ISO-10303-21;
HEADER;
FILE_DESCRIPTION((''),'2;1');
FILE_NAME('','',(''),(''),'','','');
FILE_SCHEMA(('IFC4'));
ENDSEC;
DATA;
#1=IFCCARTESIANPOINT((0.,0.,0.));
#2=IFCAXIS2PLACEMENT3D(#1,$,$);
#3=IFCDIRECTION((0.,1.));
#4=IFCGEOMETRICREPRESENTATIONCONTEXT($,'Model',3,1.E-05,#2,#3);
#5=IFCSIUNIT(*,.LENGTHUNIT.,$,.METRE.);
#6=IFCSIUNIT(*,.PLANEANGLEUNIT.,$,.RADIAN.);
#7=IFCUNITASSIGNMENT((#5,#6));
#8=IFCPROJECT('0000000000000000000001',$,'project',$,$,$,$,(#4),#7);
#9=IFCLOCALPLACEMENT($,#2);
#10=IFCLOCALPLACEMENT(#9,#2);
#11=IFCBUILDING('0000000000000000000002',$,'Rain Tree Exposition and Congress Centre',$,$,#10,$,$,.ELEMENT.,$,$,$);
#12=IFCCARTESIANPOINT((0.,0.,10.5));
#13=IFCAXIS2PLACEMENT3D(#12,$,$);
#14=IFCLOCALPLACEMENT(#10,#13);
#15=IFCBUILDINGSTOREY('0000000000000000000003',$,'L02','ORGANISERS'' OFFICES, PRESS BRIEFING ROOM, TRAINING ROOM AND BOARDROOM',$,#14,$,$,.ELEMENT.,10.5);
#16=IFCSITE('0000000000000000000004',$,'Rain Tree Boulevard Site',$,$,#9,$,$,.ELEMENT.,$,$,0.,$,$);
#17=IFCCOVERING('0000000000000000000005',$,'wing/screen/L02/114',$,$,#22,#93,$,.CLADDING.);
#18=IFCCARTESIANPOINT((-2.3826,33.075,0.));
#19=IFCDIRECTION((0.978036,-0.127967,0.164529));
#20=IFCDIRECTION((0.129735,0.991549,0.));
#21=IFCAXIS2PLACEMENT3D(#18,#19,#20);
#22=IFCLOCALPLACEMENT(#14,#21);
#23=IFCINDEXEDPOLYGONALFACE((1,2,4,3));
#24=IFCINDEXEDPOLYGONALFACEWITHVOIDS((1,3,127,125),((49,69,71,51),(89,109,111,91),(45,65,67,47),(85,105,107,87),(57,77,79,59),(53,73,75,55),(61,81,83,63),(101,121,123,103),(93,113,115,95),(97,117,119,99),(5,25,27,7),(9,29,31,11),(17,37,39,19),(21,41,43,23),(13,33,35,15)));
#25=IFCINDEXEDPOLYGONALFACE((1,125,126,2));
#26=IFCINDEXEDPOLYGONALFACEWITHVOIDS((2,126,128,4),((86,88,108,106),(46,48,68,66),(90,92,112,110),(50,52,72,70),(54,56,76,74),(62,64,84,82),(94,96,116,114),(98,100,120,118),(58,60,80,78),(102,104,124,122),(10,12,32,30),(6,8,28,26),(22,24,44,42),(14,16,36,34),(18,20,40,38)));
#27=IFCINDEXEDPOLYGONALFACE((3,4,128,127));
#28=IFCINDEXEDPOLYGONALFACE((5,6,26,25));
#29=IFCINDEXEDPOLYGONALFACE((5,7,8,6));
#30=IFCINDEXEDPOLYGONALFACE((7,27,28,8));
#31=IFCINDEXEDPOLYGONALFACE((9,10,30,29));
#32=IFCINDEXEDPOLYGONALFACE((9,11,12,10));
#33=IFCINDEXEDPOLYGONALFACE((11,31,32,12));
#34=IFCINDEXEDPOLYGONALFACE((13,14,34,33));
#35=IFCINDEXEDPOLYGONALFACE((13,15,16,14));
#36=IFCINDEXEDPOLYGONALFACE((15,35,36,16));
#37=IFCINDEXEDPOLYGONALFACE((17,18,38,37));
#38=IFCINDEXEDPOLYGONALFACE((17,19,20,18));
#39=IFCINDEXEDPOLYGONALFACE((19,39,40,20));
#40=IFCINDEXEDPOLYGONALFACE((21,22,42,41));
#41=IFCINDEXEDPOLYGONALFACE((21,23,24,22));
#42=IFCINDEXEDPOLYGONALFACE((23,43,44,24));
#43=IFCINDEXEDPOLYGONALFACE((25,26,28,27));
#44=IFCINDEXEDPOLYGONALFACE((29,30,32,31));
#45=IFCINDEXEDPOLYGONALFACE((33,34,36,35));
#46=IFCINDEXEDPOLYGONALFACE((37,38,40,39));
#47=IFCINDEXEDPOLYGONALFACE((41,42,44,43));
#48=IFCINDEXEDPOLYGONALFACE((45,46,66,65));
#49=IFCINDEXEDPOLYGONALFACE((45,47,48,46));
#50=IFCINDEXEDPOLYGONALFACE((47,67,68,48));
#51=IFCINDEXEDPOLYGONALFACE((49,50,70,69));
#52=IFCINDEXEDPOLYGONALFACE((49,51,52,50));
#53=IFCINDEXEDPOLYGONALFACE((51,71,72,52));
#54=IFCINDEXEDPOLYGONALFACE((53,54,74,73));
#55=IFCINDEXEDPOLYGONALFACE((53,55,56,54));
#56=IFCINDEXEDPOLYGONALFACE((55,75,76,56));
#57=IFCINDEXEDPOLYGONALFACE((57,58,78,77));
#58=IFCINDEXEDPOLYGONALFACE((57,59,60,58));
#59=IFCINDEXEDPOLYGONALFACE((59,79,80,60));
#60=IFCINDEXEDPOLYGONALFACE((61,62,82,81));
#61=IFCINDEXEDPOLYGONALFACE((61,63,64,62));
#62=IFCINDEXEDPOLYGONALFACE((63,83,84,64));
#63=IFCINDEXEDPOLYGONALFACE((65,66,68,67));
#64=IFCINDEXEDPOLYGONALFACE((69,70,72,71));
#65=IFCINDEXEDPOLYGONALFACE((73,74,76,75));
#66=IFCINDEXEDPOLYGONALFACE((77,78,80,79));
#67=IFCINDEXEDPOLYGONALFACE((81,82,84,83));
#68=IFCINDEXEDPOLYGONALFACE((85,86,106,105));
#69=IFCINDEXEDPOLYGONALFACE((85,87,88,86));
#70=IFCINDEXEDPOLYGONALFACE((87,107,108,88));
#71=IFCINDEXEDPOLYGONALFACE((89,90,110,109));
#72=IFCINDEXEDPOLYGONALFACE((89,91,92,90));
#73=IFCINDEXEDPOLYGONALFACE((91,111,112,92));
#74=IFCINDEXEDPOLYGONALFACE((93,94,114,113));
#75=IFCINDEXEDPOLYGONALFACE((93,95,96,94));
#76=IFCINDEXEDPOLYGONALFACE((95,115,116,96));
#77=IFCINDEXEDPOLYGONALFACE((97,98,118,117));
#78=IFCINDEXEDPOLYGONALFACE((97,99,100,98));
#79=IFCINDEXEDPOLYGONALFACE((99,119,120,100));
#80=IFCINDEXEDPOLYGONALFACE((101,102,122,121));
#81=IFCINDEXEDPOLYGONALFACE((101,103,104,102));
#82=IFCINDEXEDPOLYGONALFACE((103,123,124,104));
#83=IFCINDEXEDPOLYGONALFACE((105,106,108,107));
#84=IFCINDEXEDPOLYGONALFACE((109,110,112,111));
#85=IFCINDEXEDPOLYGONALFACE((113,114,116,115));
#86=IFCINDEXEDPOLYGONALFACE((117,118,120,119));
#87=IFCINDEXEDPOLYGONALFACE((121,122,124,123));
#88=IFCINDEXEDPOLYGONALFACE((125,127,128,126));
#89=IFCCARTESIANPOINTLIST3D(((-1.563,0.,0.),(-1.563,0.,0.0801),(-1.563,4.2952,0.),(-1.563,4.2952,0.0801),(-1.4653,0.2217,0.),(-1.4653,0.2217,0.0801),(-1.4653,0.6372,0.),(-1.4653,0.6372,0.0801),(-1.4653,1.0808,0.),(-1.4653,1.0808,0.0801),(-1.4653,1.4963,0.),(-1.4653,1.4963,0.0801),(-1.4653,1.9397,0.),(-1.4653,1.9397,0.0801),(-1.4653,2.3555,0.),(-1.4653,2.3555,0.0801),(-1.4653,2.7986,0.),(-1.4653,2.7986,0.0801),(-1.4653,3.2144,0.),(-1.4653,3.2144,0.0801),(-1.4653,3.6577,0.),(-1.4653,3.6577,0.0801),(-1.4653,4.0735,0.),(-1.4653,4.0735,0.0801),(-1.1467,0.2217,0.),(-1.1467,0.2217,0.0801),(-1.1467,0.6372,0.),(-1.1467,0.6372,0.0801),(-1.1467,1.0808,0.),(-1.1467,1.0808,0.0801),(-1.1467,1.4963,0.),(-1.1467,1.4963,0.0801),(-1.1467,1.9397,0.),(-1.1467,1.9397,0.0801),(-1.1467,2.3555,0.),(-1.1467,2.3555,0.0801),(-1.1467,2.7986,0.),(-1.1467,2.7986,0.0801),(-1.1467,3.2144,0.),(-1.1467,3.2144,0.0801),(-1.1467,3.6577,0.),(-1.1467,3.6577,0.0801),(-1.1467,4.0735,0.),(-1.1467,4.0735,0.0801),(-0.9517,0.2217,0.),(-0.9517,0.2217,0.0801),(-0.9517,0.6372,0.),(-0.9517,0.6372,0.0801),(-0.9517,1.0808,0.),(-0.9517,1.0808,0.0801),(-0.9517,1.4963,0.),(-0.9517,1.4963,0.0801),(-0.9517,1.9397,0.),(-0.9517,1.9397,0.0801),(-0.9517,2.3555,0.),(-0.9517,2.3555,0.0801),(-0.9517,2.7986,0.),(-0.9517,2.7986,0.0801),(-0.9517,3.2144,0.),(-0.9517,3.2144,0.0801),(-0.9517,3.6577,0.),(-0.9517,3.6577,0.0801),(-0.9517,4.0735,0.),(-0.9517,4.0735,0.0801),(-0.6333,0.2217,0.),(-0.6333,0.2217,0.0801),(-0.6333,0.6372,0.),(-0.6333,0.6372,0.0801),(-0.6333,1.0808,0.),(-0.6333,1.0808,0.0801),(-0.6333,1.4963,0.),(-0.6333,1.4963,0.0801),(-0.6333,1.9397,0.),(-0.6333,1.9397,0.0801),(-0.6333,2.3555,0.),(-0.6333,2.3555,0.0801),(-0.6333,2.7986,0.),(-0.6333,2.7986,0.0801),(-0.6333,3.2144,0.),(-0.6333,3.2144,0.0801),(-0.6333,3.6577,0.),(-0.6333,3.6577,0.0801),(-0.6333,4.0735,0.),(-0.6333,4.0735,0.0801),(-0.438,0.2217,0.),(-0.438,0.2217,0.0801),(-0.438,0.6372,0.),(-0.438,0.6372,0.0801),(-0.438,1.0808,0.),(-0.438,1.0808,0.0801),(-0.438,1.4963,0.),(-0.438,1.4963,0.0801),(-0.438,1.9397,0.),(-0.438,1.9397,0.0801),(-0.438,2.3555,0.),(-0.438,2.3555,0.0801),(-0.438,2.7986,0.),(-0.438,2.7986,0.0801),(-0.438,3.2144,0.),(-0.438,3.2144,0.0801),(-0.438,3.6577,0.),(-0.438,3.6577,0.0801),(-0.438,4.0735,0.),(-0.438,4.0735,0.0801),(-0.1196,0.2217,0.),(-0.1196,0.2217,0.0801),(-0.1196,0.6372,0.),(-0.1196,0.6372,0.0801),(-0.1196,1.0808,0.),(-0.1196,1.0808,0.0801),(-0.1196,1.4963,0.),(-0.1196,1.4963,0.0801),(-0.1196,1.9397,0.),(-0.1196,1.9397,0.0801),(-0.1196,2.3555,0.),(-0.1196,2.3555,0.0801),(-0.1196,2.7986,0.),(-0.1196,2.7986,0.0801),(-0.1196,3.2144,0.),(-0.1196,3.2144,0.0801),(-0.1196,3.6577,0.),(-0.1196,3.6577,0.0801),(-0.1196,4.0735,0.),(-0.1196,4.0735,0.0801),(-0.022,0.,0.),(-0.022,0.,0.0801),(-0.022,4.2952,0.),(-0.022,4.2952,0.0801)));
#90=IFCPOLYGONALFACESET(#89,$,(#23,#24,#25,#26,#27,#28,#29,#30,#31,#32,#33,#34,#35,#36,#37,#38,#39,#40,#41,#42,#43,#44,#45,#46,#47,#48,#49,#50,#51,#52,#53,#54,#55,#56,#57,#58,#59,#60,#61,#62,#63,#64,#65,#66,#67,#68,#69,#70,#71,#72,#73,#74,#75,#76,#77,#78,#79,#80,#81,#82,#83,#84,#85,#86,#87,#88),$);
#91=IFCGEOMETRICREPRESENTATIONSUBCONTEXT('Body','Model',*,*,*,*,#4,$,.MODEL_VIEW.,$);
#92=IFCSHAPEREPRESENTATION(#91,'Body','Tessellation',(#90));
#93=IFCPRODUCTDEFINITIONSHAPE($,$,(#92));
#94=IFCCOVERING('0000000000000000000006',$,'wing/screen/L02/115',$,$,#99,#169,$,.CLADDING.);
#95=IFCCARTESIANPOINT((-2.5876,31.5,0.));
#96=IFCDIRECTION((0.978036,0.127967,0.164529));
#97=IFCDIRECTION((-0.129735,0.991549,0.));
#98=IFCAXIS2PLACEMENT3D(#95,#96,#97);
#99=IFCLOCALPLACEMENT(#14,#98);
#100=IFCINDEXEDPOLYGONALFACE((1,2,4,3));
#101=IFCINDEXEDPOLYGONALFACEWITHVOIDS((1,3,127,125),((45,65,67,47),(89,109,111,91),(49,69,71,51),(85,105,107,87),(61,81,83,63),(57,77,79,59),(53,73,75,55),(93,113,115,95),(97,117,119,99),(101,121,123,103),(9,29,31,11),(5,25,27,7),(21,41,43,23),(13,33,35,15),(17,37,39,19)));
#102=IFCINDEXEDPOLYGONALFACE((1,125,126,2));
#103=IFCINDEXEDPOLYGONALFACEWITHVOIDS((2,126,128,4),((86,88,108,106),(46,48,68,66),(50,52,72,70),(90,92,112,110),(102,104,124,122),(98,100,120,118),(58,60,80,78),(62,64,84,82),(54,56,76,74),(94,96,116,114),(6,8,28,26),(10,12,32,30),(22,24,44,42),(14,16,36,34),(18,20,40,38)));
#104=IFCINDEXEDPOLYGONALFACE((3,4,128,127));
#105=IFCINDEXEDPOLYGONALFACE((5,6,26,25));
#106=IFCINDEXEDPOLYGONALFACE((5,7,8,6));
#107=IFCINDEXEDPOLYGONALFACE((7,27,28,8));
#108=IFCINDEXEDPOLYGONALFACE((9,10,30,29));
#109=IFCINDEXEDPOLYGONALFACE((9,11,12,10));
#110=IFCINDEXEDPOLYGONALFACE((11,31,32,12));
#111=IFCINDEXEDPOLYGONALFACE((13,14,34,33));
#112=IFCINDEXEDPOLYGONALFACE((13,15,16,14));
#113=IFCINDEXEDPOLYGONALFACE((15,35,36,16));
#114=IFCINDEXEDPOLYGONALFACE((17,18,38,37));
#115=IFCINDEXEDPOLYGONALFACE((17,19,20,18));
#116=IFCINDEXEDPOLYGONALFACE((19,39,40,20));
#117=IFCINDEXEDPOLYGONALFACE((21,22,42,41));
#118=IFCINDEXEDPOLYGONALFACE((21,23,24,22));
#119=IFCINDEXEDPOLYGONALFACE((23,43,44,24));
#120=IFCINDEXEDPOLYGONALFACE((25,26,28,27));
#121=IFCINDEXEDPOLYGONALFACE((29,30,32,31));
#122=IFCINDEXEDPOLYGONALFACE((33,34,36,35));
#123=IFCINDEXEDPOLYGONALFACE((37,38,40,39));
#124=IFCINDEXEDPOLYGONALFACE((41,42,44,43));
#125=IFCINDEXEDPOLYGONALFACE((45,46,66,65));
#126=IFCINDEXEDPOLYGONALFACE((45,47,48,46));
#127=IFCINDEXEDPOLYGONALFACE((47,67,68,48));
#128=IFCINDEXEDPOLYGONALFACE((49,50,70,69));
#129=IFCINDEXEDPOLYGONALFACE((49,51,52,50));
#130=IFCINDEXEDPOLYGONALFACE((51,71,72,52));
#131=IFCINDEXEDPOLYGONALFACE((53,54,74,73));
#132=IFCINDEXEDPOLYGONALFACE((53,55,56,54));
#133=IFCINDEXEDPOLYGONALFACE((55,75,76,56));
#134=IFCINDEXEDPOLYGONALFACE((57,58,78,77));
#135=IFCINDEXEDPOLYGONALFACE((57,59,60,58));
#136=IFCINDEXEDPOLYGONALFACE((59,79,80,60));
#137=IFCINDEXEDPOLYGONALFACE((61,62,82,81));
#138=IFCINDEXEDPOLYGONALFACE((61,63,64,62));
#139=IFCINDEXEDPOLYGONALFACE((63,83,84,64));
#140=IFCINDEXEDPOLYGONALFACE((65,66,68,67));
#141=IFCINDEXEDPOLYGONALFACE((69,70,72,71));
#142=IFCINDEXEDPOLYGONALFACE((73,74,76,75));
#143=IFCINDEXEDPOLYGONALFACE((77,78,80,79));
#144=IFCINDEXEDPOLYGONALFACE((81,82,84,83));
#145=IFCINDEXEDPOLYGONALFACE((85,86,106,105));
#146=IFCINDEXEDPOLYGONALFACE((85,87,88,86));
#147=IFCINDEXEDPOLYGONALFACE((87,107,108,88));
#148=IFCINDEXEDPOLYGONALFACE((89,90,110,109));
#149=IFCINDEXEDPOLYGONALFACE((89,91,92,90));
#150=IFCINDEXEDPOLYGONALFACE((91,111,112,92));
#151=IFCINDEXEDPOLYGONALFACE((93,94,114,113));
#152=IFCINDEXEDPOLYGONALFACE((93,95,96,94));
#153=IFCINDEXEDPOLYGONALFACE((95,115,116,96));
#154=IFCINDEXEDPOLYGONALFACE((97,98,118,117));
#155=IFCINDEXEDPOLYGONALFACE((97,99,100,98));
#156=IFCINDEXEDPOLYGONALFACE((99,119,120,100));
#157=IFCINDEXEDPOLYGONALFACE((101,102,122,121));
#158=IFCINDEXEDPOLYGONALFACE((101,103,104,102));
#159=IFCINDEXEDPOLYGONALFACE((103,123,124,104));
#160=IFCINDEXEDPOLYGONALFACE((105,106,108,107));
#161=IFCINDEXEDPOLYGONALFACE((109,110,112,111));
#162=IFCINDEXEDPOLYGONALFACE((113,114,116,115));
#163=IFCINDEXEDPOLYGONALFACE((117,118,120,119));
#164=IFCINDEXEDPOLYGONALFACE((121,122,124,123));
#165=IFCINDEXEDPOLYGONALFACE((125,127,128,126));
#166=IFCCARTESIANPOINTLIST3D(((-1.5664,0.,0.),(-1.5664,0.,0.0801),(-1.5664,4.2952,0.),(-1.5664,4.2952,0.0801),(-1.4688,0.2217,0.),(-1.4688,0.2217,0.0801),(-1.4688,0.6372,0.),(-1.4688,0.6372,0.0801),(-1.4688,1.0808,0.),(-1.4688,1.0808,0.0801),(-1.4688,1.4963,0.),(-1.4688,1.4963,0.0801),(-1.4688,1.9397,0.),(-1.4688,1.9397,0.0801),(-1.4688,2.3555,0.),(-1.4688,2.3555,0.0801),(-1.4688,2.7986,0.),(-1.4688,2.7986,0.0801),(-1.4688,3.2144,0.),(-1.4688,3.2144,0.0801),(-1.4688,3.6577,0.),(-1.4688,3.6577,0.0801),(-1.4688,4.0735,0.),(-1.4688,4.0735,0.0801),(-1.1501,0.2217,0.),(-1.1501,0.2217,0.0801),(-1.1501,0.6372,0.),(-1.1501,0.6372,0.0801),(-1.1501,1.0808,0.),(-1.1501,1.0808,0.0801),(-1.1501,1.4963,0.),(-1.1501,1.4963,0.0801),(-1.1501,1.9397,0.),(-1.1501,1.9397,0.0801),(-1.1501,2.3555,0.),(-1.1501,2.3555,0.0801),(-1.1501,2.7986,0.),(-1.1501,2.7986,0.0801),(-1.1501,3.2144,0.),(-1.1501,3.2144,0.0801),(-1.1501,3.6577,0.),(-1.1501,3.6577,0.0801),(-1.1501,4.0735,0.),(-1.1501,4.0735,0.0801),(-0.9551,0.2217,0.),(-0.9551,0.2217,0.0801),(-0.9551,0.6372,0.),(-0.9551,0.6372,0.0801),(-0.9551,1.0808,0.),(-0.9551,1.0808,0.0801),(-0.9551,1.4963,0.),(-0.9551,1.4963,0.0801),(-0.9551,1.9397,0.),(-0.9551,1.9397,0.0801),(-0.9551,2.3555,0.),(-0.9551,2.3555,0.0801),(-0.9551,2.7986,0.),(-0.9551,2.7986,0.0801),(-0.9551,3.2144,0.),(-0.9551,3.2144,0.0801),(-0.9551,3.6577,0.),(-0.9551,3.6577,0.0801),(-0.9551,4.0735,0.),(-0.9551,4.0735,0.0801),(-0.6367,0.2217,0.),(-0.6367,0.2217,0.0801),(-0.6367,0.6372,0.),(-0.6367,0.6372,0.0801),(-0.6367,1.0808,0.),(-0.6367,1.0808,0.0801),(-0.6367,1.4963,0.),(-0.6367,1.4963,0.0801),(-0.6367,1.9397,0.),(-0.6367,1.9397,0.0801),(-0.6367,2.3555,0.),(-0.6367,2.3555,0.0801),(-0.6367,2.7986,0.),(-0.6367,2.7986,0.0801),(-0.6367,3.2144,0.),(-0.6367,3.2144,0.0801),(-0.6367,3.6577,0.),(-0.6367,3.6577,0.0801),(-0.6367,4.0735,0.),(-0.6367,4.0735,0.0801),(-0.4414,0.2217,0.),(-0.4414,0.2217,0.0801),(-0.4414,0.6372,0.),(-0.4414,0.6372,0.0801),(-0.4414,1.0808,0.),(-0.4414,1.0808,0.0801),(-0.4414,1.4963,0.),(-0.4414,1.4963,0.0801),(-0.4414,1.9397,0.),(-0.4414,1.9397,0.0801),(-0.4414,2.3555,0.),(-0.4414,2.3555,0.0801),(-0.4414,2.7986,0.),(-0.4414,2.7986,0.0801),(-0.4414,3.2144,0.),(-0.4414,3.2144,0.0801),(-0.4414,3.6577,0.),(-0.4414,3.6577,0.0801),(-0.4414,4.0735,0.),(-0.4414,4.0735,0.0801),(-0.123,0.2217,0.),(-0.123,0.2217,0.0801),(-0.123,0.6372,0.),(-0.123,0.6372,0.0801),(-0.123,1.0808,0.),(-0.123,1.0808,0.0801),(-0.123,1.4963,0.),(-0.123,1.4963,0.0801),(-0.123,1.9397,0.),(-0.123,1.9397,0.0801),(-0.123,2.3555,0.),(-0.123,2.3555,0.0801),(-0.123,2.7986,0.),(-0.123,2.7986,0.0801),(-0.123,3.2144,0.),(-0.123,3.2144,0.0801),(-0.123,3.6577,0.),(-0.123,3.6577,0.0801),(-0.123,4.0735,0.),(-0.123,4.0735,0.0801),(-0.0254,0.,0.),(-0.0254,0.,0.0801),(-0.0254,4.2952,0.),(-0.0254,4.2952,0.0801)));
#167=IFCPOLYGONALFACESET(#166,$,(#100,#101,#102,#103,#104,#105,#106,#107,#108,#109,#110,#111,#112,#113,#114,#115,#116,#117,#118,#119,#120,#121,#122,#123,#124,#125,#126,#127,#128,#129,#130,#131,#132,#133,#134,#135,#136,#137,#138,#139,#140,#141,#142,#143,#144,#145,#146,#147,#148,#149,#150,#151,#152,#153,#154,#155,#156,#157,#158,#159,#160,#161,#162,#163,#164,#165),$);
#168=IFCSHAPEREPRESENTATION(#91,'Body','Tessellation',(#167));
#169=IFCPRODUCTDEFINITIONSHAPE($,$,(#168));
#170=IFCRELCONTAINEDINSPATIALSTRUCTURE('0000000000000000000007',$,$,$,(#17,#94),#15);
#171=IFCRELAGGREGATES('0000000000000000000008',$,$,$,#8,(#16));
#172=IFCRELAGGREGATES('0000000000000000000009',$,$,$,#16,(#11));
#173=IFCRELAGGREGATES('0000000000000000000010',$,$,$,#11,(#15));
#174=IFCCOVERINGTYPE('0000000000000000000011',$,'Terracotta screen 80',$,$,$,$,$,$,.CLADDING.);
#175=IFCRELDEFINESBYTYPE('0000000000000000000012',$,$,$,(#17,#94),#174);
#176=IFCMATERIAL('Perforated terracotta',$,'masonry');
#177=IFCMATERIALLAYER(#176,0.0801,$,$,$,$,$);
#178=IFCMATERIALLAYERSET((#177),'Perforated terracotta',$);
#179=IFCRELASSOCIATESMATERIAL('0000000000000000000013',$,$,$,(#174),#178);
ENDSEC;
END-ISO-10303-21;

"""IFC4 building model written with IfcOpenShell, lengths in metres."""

from ifc_helpers import new_model, si_unit, direction, frame, origin, place, context, subcontext, project, spatial, polyline, outline, extrude, material, layer, layer_set, type_object, element, save


model = new_model("IFC4")

# Units and contexts
model_context = context("Model", 3, precision=1e-05, world=origin(), true_north=direction((0.0, 1.0)))
body_context = subcontext(model_context, "Body", "Model", "MODEL_VIEW")
ifc_project = project(units=[si_unit("LENGTHUNIT", "METRE"), si_unit("PLANEANGLEUNIT", "RADIAN")], contexts=[model_context])

# Site, building, storey
site_placement = place(None, origin())
site = spatial("IfcSite", under=ifc_project, at=site_placement, Name="Rain Tree Boulevard Site", CompositionType="ELEMENT", RefElevation=0.0)
building_placement = place(site_placement, origin())
building = spatial("IfcBuilding", under=site, at=building_placement, Name="Rain Tree Exposition and Congress Centre", CompositionType="ELEMENT")
storey_placement = place(building_placement, frame((0.0, 0.0, 10.5)))
storey = spatial("IfcBuildingStorey", under=building, at=storey_placement, Name="L02", Description="ORGANISERS' OFFICES, PRESS BRIEFING ROOM, TRAINING ROOM AND BOARDROOM", CompositionType="ELEMENT", Elevation=10.5)

# Coverings
ifc_material_1 = material(Name="Perforated terracotta", Category="masonry")
ifc_layer_1 = layer(ifc_material_1, 0.0801)
ifc_layer_set_1 = layer_set([ifc_layer_1], Name="Perforated terracotta")
covering_type = type_object("IfcCoveringType", Name="Terracotta screen 80", PredefinedType="CLADDING", material=ifc_layer_set_1)
covering_1_placement = place(storey_placement, frame((-2.3826, 33.075, 0.0), z_axis=(0.978036, -0.127967, 0.164529), x_axis=(0.129735, 0.991549, 0.0)))
element("IfcCovering", 1, at=covering_1_placement, inside=storey, type_object=covering_type, Name="wing/screen/L02/114", PredefinedType="CLADDING", context=body_context, shape_type="SweptSolid", body=[
    extrude(outline(polyline([(-1.563, 0.0), (-1.563, 4.2952), (-0.022, 4.2952), (-0.022, 0.0), (-1.563, 0.0)]), holes=[polyline([(-0.1196, 0.2217), (-0.1196, 0.6372), (-0.438, 0.6372), (-0.438, 0.2217), (-0.1196, 0.2217)]), polyline([(-0.1196, 1.0808), (-0.1196, 1.4963), (-0.438, 1.4963), (-0.438, 1.0808), (-0.1196, 1.0808)]), polyline([(-0.1196, 1.9397), (-0.1196, 2.3555), (-0.438, 2.3555), (-0.438, 1.9397), (-0.1196, 1.9397)]), polyline([(-0.1196, 2.7986), (-0.1196, 3.2144), (-0.438, 3.2144), (-0.438, 2.7986), (-0.1196, 2.7986)]), polyline([(-0.1196, 3.6577), (-0.1196, 4.0735), (-0.438, 4.0735), (-0.438, 3.6577), (-0.1196, 3.6577)]), polyline([(-0.6333, 0.2217), (-0.6333, 0.6372), (-0.9517, 0.6372), (-0.9517, 0.2217), (-0.6333, 0.2217)]), polyline([(-0.6333, 1.0808), (-0.6333, 1.4963), (-0.9517, 1.4963), (-0.9517, 1.0808), (-0.6333, 1.0808)]), polyline([(-0.6333, 1.9397), (-0.6333, 2.3555), (-0.9517, 2.3555), (-0.9517, 1.9397), (-0.6333, 1.9397)]), polyline([(-0.6333, 2.7986), (-0.6333, 3.2144), (-0.9517, 3.2144), (-0.9517, 2.7986), (-0.6333, 2.7986)]), polyline([(-0.6333, 3.6577), (-0.6333, 4.0735), (-0.9517, 4.0735), (-0.9517, 3.6577), (-0.6333, 3.6577)]), polyline([(-1.1467, 0.2217), (-1.1467, 0.6372), (-1.4653, 0.6372), (-1.4653, 0.2217), (-1.1467, 0.2217)]), polyline([(-1.1467, 1.0808), (-1.1467, 1.4963), (-1.4653, 1.4963), (-1.4653, 1.0808), (-1.1467, 1.0808)]), polyline([(-1.1467, 1.9397), (-1.1467, 2.3555), (-1.4653, 2.3555), (-1.4653, 1.9397), (-1.1467, 1.9397)]), polyline([(-1.1467, 2.7986), (-1.1467, 3.2144), (-1.4653, 3.2144), (-1.4653, 2.7986), (-1.1467, 2.7986)]), polyline([(-1.1467, 3.6577), (-1.1467, 4.0735), (-1.4653, 4.0735), (-1.4653, 3.6577), (-1.1467, 3.6577)])]), origin(), (0.0, 0.0, 1.0), 0.0801),
])
covering_2_placement = place(storey_placement, frame((-2.5876, 31.5, 0.0), z_axis=(0.978036, 0.127967, 0.164529), x_axis=(-0.129735, 0.991549, 0.0)))
element("IfcCovering", 2, at=covering_2_placement, inside=storey, type_object=covering_type, Name="wing/screen/L02/115", PredefinedType="CLADDING", context=body_context, shape_type="SweptSolid", body=[
    extrude(outline(polyline([(-1.5664, 0.0), (-1.5664, 4.2952), (-0.0254, 4.2952), (-0.0254, 0.0), (-1.5664, 0.0)]), holes=[polyline([(-0.123, 0.2217), (-0.123, 0.6372), (-0.4414, 0.6372), (-0.4414, 0.2217), (-0.123, 0.2217)]), polyline([(-0.123, 1.0808), (-0.123, 1.4963), (-0.4414, 1.4963), (-0.4414, 1.0808), (-0.123, 1.0808)]), polyline([(-0.123, 1.9397), (-0.123, 2.3555), (-0.4414, 2.3555), (-0.4414, 1.9397), (-0.123, 1.9397)]), polyline([(-0.123, 2.7986), (-0.123, 3.2144), (-0.4414, 3.2144), (-0.4414, 2.7986), (-0.123, 2.7986)]), polyline([(-0.123, 3.6577), (-0.123, 4.0735), (-0.4414, 4.0735), (-0.4414, 3.6577), (-0.123, 3.6577)]), polyline([(-0.6367, 0.2217), (-0.6367, 0.6372), (-0.9551, 0.6372), (-0.9551, 0.2217), (-0.6367, 0.2217)]), polyline([(-0.6367, 1.0808), (-0.6367, 1.4963), (-0.9551, 1.4963), (-0.9551, 1.0808), (-0.6367, 1.0808)]), polyline([(-0.6367, 1.9397), (-0.6367, 2.3555), (-0.9551, 2.3555), (-0.9551, 1.9397), (-0.6367, 1.9397)]), polyline([(-0.6367, 2.7986), (-0.6367, 3.2144), (-0.9551, 3.2144), (-0.9551, 2.7986), (-0.6367, 2.7986)]), polyline([(-0.6367, 3.6577), (-0.6367, 4.0735), (-0.9551, 4.0735), (-0.9551, 3.6577), (-0.6367, 3.6577)]), polyline([(-1.1501, 0.2217), (-1.1501, 0.6372), (-1.4688, 0.6372), (-1.4688, 0.2217), (-1.1501, 0.2217)]), polyline([(-1.1501, 1.0808), (-1.1501, 1.4963), (-1.4688, 1.4963), (-1.4688, 1.0808), (-1.1501, 1.0808)]), polyline([(-1.1501, 1.9397), (-1.1501, 2.3555), (-1.4688, 2.3555), (-1.4688, 1.9397), (-1.1501, 1.9397)]), polyline([(-1.1501, 2.7986), (-1.1501, 3.2144), (-1.4688, 3.2144), (-1.4688, 2.7986), (-1.1501, 2.7986)]), polyline([(-1.1501, 3.6577), (-1.1501, 4.0735), (-1.4688, 4.0735), (-1.4688, 3.6577), (-1.1501, 3.6577)])]), origin(), (0.0, 0.0, 1.0), 0.0801),
])

save(model, "model.ifc")
